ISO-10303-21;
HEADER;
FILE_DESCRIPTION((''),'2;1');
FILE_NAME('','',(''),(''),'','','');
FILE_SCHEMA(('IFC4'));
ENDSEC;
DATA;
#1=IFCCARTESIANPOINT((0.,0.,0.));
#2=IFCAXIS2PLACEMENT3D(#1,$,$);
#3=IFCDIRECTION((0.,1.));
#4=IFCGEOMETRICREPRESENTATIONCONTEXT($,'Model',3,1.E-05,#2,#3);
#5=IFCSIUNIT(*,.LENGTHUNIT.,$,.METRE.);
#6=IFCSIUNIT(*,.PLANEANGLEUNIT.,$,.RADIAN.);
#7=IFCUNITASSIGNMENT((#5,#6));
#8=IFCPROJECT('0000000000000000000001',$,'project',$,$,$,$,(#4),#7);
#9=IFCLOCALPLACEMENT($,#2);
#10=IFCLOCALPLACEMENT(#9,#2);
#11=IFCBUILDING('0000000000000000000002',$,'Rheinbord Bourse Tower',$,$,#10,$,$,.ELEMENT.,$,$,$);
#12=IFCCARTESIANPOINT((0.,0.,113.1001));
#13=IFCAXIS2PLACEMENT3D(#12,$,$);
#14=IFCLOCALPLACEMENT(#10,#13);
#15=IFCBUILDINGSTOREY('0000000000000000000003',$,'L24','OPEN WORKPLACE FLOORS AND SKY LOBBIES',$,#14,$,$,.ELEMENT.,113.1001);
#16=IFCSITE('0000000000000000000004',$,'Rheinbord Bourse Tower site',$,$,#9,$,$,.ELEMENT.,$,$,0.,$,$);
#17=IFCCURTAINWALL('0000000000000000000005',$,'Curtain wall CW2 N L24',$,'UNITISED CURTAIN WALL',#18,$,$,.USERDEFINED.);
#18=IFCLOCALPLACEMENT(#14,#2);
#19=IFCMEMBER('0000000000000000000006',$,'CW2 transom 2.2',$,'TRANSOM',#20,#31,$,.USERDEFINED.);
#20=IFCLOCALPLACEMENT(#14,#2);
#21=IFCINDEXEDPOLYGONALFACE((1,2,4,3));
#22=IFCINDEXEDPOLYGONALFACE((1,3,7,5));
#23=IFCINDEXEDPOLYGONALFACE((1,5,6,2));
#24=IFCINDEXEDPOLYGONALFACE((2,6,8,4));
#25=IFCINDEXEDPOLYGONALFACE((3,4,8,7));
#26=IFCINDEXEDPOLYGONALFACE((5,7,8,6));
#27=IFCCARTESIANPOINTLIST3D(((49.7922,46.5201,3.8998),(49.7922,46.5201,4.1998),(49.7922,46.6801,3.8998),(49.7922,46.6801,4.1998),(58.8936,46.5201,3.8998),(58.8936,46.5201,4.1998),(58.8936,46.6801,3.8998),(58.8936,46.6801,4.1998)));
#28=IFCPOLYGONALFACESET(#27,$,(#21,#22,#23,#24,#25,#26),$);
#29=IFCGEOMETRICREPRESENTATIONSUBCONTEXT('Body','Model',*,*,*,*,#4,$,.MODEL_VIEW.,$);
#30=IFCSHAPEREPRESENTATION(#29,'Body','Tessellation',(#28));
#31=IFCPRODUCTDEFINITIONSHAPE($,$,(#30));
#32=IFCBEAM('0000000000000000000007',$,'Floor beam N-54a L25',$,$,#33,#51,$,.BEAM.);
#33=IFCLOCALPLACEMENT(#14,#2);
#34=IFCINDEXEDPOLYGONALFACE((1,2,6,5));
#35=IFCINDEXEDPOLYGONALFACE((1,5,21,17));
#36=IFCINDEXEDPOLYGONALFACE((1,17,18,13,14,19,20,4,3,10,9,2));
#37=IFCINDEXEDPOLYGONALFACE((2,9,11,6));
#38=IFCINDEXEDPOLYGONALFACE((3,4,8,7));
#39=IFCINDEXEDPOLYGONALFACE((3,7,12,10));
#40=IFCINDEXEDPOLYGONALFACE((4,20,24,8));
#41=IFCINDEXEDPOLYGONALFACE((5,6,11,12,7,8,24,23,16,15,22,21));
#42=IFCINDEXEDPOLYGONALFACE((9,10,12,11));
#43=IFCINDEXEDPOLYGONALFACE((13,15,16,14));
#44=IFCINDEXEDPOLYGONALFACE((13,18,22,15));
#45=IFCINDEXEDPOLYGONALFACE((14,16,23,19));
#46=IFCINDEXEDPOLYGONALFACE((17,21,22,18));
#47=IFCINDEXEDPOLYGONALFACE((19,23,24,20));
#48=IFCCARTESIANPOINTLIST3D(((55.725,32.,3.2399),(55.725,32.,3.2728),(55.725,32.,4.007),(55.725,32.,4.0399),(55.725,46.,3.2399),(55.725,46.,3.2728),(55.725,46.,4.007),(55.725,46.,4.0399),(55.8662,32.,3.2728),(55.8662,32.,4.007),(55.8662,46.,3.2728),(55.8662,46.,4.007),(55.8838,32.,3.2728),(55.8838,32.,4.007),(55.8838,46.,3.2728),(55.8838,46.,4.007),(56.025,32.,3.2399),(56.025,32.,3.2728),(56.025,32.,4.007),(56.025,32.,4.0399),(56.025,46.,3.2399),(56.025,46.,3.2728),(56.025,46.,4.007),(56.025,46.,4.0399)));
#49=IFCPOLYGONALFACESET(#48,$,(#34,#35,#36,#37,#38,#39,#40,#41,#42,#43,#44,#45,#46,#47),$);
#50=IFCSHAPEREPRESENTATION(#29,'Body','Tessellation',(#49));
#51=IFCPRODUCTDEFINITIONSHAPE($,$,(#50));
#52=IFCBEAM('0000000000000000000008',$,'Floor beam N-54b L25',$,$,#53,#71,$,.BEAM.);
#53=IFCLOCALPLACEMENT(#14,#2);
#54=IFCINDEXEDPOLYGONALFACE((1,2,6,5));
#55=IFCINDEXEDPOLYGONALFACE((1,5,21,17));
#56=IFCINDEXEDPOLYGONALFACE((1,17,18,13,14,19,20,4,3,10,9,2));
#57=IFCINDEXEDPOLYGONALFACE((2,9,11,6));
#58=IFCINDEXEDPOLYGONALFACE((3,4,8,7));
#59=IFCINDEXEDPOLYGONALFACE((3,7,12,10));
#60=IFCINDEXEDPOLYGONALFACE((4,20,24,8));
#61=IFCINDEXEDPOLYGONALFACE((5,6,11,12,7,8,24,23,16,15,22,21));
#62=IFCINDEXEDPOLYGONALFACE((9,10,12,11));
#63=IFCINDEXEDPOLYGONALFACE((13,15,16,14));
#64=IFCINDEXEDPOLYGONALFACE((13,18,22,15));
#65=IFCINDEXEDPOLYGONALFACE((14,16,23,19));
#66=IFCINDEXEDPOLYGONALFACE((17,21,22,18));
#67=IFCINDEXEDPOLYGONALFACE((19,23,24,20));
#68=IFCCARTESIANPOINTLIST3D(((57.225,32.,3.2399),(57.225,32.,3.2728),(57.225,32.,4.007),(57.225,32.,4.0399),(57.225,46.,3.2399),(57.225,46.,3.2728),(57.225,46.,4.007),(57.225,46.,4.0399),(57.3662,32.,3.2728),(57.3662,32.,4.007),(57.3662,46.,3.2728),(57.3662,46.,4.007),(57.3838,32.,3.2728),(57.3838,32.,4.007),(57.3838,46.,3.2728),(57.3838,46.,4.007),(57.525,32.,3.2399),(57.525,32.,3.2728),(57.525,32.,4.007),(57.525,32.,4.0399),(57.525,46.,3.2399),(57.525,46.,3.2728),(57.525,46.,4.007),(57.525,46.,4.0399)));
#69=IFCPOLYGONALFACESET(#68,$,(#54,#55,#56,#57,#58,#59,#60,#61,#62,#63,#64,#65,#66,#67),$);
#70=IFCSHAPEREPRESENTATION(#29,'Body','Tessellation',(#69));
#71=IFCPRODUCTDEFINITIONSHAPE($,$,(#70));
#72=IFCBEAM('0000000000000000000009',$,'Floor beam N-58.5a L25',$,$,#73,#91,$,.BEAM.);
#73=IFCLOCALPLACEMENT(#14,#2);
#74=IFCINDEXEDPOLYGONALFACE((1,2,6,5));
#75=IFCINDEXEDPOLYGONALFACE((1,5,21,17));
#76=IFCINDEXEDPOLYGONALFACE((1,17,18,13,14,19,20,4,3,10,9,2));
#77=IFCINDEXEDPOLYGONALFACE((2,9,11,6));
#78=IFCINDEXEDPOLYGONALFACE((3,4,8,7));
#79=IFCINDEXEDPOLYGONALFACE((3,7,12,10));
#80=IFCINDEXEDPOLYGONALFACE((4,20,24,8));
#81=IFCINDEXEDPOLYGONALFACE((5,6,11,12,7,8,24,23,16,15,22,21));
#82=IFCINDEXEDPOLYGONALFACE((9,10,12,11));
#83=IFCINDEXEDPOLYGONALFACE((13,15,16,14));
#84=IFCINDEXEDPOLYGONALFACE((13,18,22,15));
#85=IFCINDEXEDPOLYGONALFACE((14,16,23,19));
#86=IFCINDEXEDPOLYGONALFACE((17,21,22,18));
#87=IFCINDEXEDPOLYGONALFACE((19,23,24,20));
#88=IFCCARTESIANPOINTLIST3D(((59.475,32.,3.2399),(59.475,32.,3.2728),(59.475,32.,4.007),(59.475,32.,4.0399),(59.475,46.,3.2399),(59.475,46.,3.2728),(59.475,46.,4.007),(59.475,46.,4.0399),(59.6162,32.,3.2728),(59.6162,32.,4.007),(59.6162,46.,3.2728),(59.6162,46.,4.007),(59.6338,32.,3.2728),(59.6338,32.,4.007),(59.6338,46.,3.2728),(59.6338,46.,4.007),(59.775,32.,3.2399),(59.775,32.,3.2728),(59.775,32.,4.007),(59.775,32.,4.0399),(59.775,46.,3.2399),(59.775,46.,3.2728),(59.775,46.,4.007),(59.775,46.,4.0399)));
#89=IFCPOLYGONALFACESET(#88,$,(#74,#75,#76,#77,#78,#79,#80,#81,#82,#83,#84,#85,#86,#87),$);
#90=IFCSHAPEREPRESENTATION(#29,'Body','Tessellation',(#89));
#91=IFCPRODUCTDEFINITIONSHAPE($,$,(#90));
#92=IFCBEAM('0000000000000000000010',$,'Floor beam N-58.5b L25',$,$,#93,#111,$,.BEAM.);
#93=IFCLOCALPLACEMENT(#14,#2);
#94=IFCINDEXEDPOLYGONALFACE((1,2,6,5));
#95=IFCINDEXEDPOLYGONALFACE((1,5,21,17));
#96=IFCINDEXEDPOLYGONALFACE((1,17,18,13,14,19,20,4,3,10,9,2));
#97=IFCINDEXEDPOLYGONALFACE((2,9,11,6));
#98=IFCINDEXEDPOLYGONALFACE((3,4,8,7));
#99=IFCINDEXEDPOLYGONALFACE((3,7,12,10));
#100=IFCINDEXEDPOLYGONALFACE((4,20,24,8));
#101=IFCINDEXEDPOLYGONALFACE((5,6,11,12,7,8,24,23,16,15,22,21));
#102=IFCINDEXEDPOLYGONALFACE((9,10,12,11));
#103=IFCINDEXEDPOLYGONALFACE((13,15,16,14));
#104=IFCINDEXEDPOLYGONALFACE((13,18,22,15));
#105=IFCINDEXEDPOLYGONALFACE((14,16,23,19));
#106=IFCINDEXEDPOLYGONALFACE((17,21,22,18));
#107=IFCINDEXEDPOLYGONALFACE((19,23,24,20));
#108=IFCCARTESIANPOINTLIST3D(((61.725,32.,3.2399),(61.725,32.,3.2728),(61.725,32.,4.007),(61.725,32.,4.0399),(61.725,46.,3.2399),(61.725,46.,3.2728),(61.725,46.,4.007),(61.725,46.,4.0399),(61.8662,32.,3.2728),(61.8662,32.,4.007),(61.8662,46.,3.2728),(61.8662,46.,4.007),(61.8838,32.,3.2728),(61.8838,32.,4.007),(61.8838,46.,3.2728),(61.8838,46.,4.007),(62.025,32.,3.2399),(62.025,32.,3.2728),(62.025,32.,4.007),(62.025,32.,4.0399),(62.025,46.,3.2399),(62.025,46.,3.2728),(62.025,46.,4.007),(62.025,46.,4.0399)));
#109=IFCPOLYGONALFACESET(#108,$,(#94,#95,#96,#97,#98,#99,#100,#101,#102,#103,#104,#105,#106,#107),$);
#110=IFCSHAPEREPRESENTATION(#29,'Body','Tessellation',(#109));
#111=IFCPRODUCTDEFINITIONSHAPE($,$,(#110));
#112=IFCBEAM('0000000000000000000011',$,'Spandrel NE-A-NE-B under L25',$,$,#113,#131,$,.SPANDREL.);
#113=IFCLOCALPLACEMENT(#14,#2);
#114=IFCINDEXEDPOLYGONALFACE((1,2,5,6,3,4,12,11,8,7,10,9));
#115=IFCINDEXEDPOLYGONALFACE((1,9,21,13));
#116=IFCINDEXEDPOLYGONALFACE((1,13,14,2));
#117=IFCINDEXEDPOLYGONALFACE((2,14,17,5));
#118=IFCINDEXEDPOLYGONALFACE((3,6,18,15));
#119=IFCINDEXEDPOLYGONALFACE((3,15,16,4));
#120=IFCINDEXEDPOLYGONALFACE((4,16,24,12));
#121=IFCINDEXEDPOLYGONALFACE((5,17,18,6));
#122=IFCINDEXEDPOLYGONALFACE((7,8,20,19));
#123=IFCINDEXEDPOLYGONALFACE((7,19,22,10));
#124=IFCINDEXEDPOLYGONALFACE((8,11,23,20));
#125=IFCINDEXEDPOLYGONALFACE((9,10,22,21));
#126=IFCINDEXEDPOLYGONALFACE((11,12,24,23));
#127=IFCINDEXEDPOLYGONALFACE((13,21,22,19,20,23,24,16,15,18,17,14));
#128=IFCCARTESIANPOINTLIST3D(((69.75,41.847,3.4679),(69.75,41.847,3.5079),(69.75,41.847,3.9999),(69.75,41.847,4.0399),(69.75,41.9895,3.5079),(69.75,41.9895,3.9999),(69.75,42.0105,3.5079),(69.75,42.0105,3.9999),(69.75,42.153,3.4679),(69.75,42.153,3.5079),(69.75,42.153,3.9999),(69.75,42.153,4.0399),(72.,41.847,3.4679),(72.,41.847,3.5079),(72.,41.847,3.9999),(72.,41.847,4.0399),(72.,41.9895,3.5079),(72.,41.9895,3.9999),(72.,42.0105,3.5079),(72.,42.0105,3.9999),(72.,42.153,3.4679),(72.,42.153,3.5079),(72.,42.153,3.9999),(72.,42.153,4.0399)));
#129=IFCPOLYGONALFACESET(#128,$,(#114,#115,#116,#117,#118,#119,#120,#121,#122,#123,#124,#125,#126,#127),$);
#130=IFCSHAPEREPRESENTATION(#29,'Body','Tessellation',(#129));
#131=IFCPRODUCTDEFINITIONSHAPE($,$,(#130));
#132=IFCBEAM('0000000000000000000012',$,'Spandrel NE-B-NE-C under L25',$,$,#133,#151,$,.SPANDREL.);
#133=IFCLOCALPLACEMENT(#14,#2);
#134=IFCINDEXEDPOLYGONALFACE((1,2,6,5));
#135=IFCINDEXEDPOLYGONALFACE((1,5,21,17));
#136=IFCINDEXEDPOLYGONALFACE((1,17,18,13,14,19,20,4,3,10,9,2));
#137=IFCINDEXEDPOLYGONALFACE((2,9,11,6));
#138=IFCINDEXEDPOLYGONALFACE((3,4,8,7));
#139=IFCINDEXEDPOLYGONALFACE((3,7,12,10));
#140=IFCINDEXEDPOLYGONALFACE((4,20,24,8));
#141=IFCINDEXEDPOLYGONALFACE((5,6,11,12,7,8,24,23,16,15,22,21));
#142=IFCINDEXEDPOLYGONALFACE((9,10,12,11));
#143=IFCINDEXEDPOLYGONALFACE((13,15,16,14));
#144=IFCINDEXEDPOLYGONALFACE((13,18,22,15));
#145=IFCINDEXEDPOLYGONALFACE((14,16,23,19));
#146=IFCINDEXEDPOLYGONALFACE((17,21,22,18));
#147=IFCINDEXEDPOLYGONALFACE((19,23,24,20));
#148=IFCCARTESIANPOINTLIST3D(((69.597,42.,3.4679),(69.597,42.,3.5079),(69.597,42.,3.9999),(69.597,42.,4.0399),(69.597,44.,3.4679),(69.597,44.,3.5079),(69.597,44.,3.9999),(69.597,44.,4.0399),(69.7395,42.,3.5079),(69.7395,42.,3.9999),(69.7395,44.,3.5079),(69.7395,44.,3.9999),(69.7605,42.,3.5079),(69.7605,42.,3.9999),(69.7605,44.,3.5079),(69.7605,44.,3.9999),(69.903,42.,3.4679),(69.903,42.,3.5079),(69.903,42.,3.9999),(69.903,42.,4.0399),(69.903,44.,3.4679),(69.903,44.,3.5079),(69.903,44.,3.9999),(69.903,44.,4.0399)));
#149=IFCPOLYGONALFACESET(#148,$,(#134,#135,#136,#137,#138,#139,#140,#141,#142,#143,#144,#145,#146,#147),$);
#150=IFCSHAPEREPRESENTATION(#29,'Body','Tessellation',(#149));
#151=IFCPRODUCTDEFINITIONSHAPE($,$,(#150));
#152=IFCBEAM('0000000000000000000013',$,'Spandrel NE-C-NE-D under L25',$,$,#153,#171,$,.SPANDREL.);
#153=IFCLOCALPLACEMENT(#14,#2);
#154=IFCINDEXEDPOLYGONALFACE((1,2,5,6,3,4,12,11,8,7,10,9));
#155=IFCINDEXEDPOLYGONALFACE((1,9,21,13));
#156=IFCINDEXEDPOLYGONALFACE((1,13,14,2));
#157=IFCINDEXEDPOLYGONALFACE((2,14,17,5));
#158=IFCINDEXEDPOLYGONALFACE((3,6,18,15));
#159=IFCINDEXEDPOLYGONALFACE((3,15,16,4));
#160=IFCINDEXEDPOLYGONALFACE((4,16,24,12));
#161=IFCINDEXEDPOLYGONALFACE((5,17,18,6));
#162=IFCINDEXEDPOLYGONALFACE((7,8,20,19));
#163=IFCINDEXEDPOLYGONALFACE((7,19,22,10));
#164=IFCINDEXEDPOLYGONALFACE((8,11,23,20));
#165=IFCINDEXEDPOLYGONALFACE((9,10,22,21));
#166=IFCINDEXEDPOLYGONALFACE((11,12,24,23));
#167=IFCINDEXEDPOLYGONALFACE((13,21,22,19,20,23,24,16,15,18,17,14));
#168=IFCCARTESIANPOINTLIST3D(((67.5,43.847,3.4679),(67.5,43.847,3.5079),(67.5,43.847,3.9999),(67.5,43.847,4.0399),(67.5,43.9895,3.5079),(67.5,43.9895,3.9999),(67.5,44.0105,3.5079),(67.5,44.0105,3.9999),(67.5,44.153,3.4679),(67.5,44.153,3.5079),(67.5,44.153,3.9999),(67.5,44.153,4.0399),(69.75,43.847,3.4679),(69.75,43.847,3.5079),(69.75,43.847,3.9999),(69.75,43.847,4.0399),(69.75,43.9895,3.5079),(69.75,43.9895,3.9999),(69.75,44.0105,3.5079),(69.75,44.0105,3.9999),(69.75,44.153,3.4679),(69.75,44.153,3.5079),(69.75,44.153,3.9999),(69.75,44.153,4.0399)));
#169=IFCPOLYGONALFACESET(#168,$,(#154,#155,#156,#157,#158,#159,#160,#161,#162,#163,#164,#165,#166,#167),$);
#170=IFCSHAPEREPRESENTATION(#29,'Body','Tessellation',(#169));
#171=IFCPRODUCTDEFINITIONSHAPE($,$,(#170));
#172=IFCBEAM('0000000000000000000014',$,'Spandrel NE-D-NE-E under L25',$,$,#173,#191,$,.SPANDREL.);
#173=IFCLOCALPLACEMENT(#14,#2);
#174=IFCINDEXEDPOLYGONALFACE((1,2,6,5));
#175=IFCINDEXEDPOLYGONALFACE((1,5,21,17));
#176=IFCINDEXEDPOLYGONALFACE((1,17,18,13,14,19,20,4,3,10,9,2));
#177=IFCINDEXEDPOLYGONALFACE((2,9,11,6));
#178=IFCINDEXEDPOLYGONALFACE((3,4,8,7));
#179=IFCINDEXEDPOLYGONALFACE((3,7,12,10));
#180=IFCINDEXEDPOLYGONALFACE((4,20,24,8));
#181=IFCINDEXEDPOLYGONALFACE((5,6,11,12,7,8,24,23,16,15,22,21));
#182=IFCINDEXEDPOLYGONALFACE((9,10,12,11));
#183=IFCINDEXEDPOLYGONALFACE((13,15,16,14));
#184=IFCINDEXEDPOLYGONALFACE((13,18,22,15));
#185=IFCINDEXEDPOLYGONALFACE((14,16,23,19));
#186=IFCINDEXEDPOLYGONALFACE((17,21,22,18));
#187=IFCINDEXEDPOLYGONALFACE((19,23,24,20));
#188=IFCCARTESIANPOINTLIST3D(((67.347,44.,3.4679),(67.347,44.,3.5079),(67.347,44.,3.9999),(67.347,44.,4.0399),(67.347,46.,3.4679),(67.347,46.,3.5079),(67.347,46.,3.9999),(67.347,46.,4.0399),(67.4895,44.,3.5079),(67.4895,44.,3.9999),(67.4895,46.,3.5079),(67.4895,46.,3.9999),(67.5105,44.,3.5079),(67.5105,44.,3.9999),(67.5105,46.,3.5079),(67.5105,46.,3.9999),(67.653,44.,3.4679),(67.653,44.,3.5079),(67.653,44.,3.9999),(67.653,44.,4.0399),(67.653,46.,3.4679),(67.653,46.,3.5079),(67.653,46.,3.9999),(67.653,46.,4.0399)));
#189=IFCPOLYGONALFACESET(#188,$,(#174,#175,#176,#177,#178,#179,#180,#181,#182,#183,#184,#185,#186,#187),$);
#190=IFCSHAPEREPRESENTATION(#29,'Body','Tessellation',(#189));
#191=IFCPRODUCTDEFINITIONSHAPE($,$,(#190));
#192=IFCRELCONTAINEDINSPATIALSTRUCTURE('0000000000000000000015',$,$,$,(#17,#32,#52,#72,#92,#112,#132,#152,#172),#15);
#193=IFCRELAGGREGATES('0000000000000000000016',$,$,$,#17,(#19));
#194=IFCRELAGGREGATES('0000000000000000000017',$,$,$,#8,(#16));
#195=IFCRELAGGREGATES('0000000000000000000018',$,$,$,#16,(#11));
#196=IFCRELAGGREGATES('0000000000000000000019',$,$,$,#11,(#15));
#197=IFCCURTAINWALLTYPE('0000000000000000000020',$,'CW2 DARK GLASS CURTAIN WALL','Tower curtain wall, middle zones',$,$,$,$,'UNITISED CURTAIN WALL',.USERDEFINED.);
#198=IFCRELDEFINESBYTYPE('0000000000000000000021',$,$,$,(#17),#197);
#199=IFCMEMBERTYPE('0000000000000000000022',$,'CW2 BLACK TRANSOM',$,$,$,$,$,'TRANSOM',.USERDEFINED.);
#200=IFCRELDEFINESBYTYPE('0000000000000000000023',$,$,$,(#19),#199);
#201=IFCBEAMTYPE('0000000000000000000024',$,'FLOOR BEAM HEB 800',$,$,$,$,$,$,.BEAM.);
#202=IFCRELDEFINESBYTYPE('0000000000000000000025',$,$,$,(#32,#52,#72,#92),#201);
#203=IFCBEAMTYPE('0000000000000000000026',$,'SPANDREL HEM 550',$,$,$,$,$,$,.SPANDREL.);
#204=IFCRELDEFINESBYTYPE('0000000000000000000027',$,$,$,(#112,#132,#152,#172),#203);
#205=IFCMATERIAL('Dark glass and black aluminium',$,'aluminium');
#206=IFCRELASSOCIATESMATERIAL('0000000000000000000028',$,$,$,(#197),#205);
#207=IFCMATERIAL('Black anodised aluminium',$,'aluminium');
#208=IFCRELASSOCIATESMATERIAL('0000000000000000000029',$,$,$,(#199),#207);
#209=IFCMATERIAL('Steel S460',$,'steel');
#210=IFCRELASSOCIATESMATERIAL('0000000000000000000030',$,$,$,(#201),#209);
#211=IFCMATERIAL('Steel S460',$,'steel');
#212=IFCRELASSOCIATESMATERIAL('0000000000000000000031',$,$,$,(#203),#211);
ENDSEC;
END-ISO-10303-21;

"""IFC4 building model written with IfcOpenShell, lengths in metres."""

from ifc_helpers import new_model, si_unit, direction, frame, origin, origin_2d, place, context, subcontext, project, spatial, rectangle, i_section, extrude, material, material_profile, profile_set, type_object, element, aggregate, save


model = new_model("IFC4")

# Units and contexts
model_context = context("Model", 3, precision=1e-05, world=origin(), true_north=direction((0.0, 1.0)))
body_context = subcontext(model_context, "Body", "Model", "MODEL_VIEW")
ifc_project = project(units=[si_unit("LENGTHUNIT", "METRE"), si_unit("PLANEANGLEUNIT", "RADIAN")], contexts=[model_context])

# Site, building, storey
site_placement = place(None, origin())
site = spatial("IfcSite", under=ifc_project, at=site_placement, Name="Rheinbord Bourse Tower site", CompositionType="ELEMENT", RefElevation=0.0)
building_placement = place(site_placement, origin())
building = spatial("IfcBuilding", under=site, at=building_placement, Name="Rheinbord Bourse Tower", CompositionType="ELEMENT")
storey_placement = place(building_placement, frame((0.0, 0.0, 113.1001)))
storey = spatial("IfcBuildingStorey", under=building, at=storey_placement, Name="L24", Description="OPEN WORKPLACE FLOORS AND SKY LOBBIES", CompositionType="ELEMENT", Elevation=113.1001)

# Curtain wall
ifc_material_1 = material(Name="Dark glass and black aluminium", Category="aluminium")
curtain_wall_type = type_object("IfcCurtainWallType", Name="CW2 DARK GLASS CURTAIN WALL", Description="Tower curtain wall, middle zones", ElementType="UNITISED CURTAIN WALL", PredefinedType="USERDEFINED", material=ifc_material_1)
curtain_wall_1_placement = place(storey_placement, origin())
curtain_wall_1 = element("IfcCurtainWall", 1, at=curtain_wall_1_placement, inside=storey, type_object=curtain_wall_type, Name="Curtain wall CW2 N L24", ObjectType="UNITISED CURTAIN WALL", PredefinedType="USERDEFINED")

# Member
ifc_material_2 = material(Name="Black anodised aluminium", Category="aluminium")
ifc_material_profile_1 = material_profile(ifc_material_2, rectangle(XDim=0.1599, YDim=0.3, at=origin_2d()), Name="CW2 TRANSOM 300x160")
ifc_profile_set_1 = profile_set([ifc_material_profile_1], Name="Black anodised aluminium")
member_type_1 = type_object("IfcMemberType", Name="CW2 BLACK TRANSOM", ElementType="TRANSOM", PredefinedType="USERDEFINED", material=ifc_profile_set_1)
member_1_placement = place(storey_placement, frame((58.8936, 46.6001, 4.0498), z_axis=(-1.0, 0.0, 0.0), x_axis=(0.0, -1.0, 0.0)))
member_1 = element("IfcMember", 2, at=member_1_placement, type_object=member_type_1, Name="CW2 transom 2.2", ObjectType="TRANSOM", PredefinedType="USERDEFINED", context=body_context, shape_type="SweptSolid", body=[
    extrude(rectangle(XDim=0.1599, YDim=0.3, at=origin_2d()), origin(), (0.0, 0.0, 1.0), 9.1013),
])

# Beams
ifc_material_3 = material(Name="Steel S460", Category="steel")
ifc_material_profile_2 = material_profile(ifc_material_3, i_section(OverallWidth=0.3, OverallDepth=0.8, WebThickness=0.0176, FlangeThickness=0.033, at=origin_2d()), Name="HEB 800")
ifc_profile_set_2 = profile_set([ifc_material_profile_2], Name="Steel S460")
beam_type_1 = type_object("IfcBeamType", Name="FLOOR BEAM HEB 800", PredefinedType="BEAM", material=ifc_profile_set_2)
for number, where, z_axis, x_axis, name in (
    (3, (55.875, 46.0, 3.6399), (0.0, -1.0, 0.0), (1.0, 0.0, 0.0), "Floor beam N-54a L25"),
    (4, (57.375, 46.0, 3.6399), (0.0, -1.0, 0.0), (1.0, 0.0, 0.0), "Floor beam N-54b L25"),
    (5, (59.625, 46.0, 3.6399), (0.0, -1.0, 0.0), (1.0, 0.0, 0.0), "Floor beam N-58.5a L25"),
    (6, (61.875, 46.0, 3.6399), (0.0, -1.0, 0.0), (1.0, 0.0, 0.0), "Floor beam N-58.5b L25"),
):
    element("IfcBeam", number, at=place(storey_placement, frame(where, z_axis=z_axis, x_axis=x_axis)), inside=storey, type_object=beam_type_1, Name=name, PredefinedType="BEAM", context=body_context, shape_type="SweptSolid", body=[
        extrude(i_section(OverallWidth=0.3, OverallDepth=0.8, WebThickness=0.0176, FlangeThickness=0.033, at=origin_2d()), origin(), (0.0, 0.0, 1.0), 14.0),
    ])
ifc_material_4 = material(Name="Steel S460", Category="steel")
ifc_material_profile_3 = material_profile(ifc_material_4, i_section(OverallWidth=0.3059, OverallDepth=0.572, WebThickness=0.021, FlangeThickness=0.04, at=origin_2d()), Name="HEM 550")
ifc_profile_set_3 = profile_set([ifc_material_profile_3], Name="Steel S460")
beam_type_2 = type_object("IfcBeamType", Name="SPANDREL HEM 550", PredefinedType="SPANDREL", material=ifc_profile_set_3)
beam_1_placement = place(storey_placement, frame((72.0, 42.0, 3.7539), z_axis=(-1.0, 0.0, 0.0), x_axis=(0.0, -1.0, 0.0)))
element("IfcBeam", 7, at=beam_1_placement, inside=storey, type_object=beam_type_2, Name="Spandrel NE-A-NE-B under L25", PredefinedType="SPANDREL", context=body_context, shape_type="SweptSolid", body=[
    extrude(i_section(OverallWidth=0.3059, OverallDepth=0.572, WebThickness=0.021, FlangeThickness=0.04, at=origin_2d()), origin(), (0.0, 0.0, 1.0), 2.25),
])
beam_2_placement = place(storey_placement, frame((69.75, 42.0, 3.7539), z_axis=(0.0, 1.0, 0.0), x_axis=(-1.0, 0.0, 0.0)))
element("IfcBeam", 8, at=beam_2_placement, inside=storey, type_object=beam_type_2, Name="Spandrel NE-B-NE-C under L25", PredefinedType="SPANDREL", context=body_context, shape_type="SweptSolid", body=[
    extrude(i_section(OverallWidth=0.3059, OverallDepth=0.572, WebThickness=0.021, FlangeThickness=0.04, at=origin_2d()), origin(), (0.0, 0.0, 1.0), 2.0),
])
beam_3_placement = place(storey_placement, frame((69.75, 44.0, 3.7539), z_axis=(-1.0, 0.0, 0.0), x_axis=(0.0, -1.0, 0.0)))
element("IfcBeam", 9, at=beam_3_placement, inside=storey, type_object=beam_type_2, Name="Spandrel NE-C-NE-D under L25", PredefinedType="SPANDREL", context=body_context, shape_type="SweptSolid", body=[
    extrude(i_section(OverallWidth=0.3059, OverallDepth=0.572, WebThickness=0.021, FlangeThickness=0.04, at=origin_2d()), origin(), (0.0, 0.0, 1.0), 2.25),
])
beam_4_placement = place(storey_placement, frame((67.5, 44.0, 3.7539), z_axis=(0.0, 1.0, 0.0), x_axis=(-1.0, 0.0, 0.0)))
element("IfcBeam", 10, at=beam_4_placement, inside=storey, type_object=beam_type_2, Name="Spandrel NE-D-NE-E under L25", PredefinedType="SPANDREL", context=body_context, shape_type="SweptSolid", body=[
    extrude(i_section(OverallWidth=0.3059, OverallDepth=0.572, WebThickness=0.021, FlangeThickness=0.04, at=origin_2d()), origin(), (0.0, 0.0, 1.0), 2.0),
])

aggregate(curtain_wall_1, [member_1])

save(model, "model.ifc")
